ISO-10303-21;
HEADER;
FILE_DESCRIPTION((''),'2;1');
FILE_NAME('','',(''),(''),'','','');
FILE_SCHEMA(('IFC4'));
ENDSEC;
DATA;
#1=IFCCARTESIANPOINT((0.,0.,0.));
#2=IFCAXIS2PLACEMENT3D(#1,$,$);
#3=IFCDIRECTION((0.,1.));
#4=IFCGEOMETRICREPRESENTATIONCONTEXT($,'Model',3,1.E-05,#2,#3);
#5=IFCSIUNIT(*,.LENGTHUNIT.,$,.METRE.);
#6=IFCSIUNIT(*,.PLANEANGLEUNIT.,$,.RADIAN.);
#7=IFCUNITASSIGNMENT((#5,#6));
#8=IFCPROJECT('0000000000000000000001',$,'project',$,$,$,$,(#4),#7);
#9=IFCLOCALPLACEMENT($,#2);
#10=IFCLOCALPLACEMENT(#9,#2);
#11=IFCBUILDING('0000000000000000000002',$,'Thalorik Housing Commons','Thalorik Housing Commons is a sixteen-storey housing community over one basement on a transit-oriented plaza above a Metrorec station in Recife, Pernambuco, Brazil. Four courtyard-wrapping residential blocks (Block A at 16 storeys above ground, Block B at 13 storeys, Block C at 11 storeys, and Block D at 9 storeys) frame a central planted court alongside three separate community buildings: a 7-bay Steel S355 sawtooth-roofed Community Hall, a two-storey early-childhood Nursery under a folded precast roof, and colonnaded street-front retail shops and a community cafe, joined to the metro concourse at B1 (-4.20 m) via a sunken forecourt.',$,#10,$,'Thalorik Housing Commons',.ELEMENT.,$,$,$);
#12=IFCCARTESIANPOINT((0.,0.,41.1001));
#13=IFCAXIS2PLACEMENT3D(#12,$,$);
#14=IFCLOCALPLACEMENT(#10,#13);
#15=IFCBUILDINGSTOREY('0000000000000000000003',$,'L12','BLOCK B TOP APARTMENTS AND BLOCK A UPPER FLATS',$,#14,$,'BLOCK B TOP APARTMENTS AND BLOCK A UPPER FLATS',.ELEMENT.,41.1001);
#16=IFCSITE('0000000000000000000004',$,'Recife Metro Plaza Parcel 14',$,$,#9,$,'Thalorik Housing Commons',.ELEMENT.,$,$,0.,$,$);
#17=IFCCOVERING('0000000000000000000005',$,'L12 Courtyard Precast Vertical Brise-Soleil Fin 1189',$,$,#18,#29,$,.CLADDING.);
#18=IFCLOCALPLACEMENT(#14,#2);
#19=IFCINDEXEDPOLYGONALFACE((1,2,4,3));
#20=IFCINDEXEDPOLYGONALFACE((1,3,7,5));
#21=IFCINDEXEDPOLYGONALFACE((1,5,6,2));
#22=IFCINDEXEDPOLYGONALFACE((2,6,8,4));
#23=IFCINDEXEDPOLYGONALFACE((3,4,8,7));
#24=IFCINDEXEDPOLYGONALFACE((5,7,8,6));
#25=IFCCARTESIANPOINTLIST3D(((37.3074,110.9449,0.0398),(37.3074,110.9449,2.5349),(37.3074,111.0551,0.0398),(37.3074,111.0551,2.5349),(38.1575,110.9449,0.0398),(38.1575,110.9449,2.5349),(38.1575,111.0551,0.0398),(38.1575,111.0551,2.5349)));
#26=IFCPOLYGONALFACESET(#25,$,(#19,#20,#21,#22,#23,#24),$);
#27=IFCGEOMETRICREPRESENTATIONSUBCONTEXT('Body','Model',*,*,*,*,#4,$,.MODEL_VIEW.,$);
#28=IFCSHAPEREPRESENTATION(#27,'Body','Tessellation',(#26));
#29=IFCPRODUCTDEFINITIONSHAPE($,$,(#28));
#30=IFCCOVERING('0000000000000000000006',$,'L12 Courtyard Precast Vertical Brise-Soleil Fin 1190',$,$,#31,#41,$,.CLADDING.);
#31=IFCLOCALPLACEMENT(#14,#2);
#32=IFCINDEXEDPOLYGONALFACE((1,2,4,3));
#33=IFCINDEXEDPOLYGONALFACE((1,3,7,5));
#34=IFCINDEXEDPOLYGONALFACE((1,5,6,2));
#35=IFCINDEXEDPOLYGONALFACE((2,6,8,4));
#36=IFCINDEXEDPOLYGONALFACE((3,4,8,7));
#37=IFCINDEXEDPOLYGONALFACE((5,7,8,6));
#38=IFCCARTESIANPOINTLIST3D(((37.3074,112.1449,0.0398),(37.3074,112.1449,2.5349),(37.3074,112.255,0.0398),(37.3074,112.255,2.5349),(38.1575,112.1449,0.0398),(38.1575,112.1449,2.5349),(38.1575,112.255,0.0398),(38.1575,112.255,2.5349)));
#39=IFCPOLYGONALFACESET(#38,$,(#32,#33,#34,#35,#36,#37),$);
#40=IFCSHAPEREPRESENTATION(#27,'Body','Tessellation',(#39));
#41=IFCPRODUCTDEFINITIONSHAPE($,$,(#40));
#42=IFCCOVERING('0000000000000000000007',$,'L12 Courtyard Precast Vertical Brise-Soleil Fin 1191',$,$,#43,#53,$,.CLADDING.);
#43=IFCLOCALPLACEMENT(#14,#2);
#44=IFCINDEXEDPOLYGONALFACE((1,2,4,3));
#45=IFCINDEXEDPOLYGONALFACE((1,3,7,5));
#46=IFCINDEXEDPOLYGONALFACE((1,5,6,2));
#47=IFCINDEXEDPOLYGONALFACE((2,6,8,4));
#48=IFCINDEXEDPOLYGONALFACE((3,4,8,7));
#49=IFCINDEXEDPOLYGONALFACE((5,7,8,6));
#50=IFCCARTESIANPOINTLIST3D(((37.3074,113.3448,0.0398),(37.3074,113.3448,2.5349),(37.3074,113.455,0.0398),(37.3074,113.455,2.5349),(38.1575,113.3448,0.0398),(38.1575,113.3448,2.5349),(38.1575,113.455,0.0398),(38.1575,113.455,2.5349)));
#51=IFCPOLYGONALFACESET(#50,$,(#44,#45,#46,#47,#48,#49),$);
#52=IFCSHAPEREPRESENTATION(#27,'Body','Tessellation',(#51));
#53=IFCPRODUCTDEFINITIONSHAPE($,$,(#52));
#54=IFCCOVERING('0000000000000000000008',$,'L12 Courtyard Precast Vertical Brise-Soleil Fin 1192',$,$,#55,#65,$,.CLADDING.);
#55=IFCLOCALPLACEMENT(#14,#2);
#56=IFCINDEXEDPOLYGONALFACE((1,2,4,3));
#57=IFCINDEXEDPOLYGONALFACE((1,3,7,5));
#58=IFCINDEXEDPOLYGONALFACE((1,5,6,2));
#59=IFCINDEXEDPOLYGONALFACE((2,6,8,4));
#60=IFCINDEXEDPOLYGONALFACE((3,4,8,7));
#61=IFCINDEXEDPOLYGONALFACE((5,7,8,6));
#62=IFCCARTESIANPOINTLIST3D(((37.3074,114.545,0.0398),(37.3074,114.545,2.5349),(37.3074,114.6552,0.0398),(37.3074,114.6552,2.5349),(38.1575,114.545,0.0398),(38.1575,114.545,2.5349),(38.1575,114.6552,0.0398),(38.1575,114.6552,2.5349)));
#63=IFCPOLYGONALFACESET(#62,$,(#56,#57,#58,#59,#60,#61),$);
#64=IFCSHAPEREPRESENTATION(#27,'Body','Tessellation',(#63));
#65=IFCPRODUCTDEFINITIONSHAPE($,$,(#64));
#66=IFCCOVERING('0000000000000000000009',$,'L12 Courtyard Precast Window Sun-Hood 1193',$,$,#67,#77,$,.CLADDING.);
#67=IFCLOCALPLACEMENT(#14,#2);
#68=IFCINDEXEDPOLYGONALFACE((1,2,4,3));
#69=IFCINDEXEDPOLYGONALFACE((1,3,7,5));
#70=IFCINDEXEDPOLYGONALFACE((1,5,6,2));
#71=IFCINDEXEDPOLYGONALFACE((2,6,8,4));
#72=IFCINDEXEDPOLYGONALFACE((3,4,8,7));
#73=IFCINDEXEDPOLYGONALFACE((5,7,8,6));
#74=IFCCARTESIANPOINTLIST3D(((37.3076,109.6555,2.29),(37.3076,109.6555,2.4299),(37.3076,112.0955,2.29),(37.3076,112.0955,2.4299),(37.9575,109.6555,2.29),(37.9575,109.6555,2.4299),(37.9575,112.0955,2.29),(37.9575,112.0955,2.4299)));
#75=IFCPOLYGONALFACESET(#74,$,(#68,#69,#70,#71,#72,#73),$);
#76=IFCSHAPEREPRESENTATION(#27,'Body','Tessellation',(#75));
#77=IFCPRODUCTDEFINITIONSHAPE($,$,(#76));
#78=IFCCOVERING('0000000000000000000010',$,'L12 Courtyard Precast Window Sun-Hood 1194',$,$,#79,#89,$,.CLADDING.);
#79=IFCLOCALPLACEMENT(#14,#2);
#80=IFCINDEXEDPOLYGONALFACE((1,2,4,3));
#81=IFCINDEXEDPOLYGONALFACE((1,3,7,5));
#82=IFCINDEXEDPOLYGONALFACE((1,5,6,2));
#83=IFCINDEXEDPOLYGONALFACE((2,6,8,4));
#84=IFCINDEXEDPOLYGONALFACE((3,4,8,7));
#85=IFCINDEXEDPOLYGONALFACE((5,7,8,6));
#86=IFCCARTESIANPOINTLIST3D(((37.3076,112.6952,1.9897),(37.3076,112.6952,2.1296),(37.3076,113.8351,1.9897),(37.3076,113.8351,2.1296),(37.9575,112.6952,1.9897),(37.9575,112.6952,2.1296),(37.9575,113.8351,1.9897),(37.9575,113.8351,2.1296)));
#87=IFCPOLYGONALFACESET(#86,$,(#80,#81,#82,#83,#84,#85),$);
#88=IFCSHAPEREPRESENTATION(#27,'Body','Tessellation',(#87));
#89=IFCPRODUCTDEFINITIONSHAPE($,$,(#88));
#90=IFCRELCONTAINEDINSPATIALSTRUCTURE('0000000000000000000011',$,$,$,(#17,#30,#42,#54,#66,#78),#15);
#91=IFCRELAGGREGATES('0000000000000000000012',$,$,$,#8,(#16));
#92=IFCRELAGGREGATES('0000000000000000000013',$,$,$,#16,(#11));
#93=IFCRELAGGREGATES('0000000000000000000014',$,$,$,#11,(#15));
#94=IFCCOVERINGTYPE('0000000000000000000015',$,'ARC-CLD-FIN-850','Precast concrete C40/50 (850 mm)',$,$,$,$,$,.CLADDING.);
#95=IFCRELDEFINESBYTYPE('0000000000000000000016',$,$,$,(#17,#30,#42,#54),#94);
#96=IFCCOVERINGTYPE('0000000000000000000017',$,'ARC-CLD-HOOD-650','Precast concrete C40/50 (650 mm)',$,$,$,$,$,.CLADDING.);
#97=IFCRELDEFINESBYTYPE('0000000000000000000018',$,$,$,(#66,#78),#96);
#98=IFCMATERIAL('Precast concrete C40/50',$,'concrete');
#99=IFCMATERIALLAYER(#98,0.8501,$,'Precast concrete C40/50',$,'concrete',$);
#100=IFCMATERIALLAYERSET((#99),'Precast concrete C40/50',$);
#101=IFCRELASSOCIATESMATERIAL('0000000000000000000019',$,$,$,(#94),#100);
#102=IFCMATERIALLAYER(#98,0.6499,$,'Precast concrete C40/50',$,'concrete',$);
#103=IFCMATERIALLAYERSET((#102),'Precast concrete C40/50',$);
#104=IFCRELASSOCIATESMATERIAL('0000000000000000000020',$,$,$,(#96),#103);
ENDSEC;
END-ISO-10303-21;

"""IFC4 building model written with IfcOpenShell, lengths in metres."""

from ifc_helpers import new_model, si_unit, direction, frame, origin, origin_2d, place, context, subcontext, project, spatial, rectangle, extrude, material, layer, layer_set, type_object, element, save


model = new_model("IFC4")

# Units and contexts
model_context = context("Model", 3, precision=1e-05, world=origin(), true_north=direction((0.0, 1.0)))
body_context = subcontext(model_context, "Body", "Model", "MODEL_VIEW")
ifc_project = project(units=[si_unit("LENGTHUNIT", "METRE"), si_unit("PLANEANGLEUNIT", "RADIAN")], contexts=[model_context])

# Site, building, storey
site_placement = place(None, origin())
site = spatial("IfcSite", under=ifc_project, at=site_placement, Name="Recife Metro Plaza Parcel 14", LongName="Thalorik Housing Commons", CompositionType="ELEMENT", RefElevation=0.0)
building_placement = place(site_placement, origin())
building = spatial("IfcBuilding", under=site, at=building_placement, Name="Thalorik Housing Commons", Description="Thalorik Housing Commons is a sixteen-storey housing community over one basement on a transit-oriented plaza above a Metrorec station in Recife, Pernambuco, Brazil. Four courtyard-wrapping residential blocks (Block A at 16 storeys above ground, Block B at 13 storeys, Block C at 11 storeys, and Block D at 9 storeys) frame a central planted court alongside three separate community buildings: a 7-bay Steel S355 sawtooth-roofed Community Hall, a two-storey early-childhood Nursery under a folded precast roof, and colonnaded street-front retail shops and a community cafe, joined to the metro concourse at B1 (-4.20 m) via a sunken forecourt.", LongName="Thalorik Housing Commons", CompositionType="ELEMENT")
storey_placement = place(building_placement, frame((0.0, 0.0, 41.1001)))
storey = spatial("IfcBuildingStorey", under=building, at=storey_placement, Name="L12", Description="BLOCK B TOP APARTMENTS AND BLOCK A UPPER FLATS", LongName="BLOCK B TOP APARTMENTS AND BLOCK A UPPER FLATS", CompositionType="ELEMENT", Elevation=41.1001)

# Shared definitions
ifc_material_1 = material(Name="Precast concrete C40/50", Category="concrete")

# Coverings
ifc_layer_1 = layer(ifc_material_1, 0.8501, Name="Precast concrete C40/50", Category="concrete")
ifc_layer_set_1 = layer_set([ifc_layer_1], Name="Precast concrete C40/50")
covering_type_1 = type_object("IfcCoveringType", Name="ARC-CLD-FIN-850", Description="Precast concrete C40/50 (850 mm)", PredefinedType="CLADDING", material=ifc_layer_set_1)
for number, where, z_axis, x_axis, name in (
    (1, (37.7324, 111.0, 0.0398), (0.0, 0.0, 1.0), (0.0, 1.0, 0.0), "L12 Courtyard Precast Vertical Brise-Soleil Fin 1189"),
    (2, (37.7324, 112.2, 0.0398), (0.0, 0.0, 1.0), (0.0, 1.0, 0.0), "L12 Courtyard Precast Vertical Brise-Soleil Fin 1190"),
    (3, (37.7324, 113.3999, 0.0398), (0.0, 0.0, 1.0), (0.0, 1.0, 0.0), "L12 Courtyard Precast Vertical Brise-Soleil Fin 1191"),
    (4, (37.7324, 114.6001, 0.0398), (0.0, 0.0, 1.0), (0.0, 1.0, 0.0), "L12 Courtyard Precast Vertical Brise-Soleil Fin 1192"),
):
    element("IfcCovering", number, at=place(storey_placement, frame(where, z_axis=z_axis, x_axis=x_axis)), inside=storey, type_object=covering_type_1, Name=name, PredefinedType="CLADDING", context=body_context, shape_type="SweptSolid", body=[
        extrude(rectangle(XDim=0.1101, YDim=0.8501, at=origin_2d()), origin(), (0.0, 0.0, 1.0), 2.4951),
    ])
ifc_layer_2 = layer(ifc_material_1, 0.6499, Name="Precast concrete C40/50", Category="concrete")
ifc_layer_set_2 = layer_set([ifc_layer_2], Name="Precast concrete C40/50")
covering_type_2 = type_object("IfcCoveringType", Name="ARC-CLD-HOOD-650", Description="Precast concrete C40/50 (650 mm)", PredefinedType="CLADDING", material=ifc_layer_set_2)
covering_1_placement = place(storey_placement, frame((37.6326, 110.8755, 2.29), z_axis=(0.0, 0.0, 1.0), x_axis=(0.0, 1.0, 0.0)))
element("IfcCovering", 5, at=covering_1_placement, inside=storey, type_object=covering_type_2, Name="L12 Courtyard Precast Window Sun-Hood 1193", PredefinedType="CLADDING", context=body_context, shape_type="SweptSolid", body=[
    extrude(rectangle(XDim=2.4399, YDim=0.6499, at=origin_2d()), origin(), (0.0, 0.0, 1.0), 0.1399),
])
covering_2_placement = place(storey_placement, frame((37.6326, 113.2651, 1.9897), z_axis=(0.0, 0.0, 1.0), x_axis=(0.0, 1.0, 0.0)))
element("IfcCovering", 6, at=covering_2_placement, inside=storey, type_object=covering_type_2, Name="L12 Courtyard Precast Window Sun-Hood 1194", PredefinedType="CLADDING", context=body_context, shape_type="SweptSolid", body=[
    extrude(rectangle(XDim=1.1399, YDim=0.6499, at=origin_2d()), origin(), (0.0, 0.0, 1.0), 0.1399),
])

save(model, "model.ifc")
